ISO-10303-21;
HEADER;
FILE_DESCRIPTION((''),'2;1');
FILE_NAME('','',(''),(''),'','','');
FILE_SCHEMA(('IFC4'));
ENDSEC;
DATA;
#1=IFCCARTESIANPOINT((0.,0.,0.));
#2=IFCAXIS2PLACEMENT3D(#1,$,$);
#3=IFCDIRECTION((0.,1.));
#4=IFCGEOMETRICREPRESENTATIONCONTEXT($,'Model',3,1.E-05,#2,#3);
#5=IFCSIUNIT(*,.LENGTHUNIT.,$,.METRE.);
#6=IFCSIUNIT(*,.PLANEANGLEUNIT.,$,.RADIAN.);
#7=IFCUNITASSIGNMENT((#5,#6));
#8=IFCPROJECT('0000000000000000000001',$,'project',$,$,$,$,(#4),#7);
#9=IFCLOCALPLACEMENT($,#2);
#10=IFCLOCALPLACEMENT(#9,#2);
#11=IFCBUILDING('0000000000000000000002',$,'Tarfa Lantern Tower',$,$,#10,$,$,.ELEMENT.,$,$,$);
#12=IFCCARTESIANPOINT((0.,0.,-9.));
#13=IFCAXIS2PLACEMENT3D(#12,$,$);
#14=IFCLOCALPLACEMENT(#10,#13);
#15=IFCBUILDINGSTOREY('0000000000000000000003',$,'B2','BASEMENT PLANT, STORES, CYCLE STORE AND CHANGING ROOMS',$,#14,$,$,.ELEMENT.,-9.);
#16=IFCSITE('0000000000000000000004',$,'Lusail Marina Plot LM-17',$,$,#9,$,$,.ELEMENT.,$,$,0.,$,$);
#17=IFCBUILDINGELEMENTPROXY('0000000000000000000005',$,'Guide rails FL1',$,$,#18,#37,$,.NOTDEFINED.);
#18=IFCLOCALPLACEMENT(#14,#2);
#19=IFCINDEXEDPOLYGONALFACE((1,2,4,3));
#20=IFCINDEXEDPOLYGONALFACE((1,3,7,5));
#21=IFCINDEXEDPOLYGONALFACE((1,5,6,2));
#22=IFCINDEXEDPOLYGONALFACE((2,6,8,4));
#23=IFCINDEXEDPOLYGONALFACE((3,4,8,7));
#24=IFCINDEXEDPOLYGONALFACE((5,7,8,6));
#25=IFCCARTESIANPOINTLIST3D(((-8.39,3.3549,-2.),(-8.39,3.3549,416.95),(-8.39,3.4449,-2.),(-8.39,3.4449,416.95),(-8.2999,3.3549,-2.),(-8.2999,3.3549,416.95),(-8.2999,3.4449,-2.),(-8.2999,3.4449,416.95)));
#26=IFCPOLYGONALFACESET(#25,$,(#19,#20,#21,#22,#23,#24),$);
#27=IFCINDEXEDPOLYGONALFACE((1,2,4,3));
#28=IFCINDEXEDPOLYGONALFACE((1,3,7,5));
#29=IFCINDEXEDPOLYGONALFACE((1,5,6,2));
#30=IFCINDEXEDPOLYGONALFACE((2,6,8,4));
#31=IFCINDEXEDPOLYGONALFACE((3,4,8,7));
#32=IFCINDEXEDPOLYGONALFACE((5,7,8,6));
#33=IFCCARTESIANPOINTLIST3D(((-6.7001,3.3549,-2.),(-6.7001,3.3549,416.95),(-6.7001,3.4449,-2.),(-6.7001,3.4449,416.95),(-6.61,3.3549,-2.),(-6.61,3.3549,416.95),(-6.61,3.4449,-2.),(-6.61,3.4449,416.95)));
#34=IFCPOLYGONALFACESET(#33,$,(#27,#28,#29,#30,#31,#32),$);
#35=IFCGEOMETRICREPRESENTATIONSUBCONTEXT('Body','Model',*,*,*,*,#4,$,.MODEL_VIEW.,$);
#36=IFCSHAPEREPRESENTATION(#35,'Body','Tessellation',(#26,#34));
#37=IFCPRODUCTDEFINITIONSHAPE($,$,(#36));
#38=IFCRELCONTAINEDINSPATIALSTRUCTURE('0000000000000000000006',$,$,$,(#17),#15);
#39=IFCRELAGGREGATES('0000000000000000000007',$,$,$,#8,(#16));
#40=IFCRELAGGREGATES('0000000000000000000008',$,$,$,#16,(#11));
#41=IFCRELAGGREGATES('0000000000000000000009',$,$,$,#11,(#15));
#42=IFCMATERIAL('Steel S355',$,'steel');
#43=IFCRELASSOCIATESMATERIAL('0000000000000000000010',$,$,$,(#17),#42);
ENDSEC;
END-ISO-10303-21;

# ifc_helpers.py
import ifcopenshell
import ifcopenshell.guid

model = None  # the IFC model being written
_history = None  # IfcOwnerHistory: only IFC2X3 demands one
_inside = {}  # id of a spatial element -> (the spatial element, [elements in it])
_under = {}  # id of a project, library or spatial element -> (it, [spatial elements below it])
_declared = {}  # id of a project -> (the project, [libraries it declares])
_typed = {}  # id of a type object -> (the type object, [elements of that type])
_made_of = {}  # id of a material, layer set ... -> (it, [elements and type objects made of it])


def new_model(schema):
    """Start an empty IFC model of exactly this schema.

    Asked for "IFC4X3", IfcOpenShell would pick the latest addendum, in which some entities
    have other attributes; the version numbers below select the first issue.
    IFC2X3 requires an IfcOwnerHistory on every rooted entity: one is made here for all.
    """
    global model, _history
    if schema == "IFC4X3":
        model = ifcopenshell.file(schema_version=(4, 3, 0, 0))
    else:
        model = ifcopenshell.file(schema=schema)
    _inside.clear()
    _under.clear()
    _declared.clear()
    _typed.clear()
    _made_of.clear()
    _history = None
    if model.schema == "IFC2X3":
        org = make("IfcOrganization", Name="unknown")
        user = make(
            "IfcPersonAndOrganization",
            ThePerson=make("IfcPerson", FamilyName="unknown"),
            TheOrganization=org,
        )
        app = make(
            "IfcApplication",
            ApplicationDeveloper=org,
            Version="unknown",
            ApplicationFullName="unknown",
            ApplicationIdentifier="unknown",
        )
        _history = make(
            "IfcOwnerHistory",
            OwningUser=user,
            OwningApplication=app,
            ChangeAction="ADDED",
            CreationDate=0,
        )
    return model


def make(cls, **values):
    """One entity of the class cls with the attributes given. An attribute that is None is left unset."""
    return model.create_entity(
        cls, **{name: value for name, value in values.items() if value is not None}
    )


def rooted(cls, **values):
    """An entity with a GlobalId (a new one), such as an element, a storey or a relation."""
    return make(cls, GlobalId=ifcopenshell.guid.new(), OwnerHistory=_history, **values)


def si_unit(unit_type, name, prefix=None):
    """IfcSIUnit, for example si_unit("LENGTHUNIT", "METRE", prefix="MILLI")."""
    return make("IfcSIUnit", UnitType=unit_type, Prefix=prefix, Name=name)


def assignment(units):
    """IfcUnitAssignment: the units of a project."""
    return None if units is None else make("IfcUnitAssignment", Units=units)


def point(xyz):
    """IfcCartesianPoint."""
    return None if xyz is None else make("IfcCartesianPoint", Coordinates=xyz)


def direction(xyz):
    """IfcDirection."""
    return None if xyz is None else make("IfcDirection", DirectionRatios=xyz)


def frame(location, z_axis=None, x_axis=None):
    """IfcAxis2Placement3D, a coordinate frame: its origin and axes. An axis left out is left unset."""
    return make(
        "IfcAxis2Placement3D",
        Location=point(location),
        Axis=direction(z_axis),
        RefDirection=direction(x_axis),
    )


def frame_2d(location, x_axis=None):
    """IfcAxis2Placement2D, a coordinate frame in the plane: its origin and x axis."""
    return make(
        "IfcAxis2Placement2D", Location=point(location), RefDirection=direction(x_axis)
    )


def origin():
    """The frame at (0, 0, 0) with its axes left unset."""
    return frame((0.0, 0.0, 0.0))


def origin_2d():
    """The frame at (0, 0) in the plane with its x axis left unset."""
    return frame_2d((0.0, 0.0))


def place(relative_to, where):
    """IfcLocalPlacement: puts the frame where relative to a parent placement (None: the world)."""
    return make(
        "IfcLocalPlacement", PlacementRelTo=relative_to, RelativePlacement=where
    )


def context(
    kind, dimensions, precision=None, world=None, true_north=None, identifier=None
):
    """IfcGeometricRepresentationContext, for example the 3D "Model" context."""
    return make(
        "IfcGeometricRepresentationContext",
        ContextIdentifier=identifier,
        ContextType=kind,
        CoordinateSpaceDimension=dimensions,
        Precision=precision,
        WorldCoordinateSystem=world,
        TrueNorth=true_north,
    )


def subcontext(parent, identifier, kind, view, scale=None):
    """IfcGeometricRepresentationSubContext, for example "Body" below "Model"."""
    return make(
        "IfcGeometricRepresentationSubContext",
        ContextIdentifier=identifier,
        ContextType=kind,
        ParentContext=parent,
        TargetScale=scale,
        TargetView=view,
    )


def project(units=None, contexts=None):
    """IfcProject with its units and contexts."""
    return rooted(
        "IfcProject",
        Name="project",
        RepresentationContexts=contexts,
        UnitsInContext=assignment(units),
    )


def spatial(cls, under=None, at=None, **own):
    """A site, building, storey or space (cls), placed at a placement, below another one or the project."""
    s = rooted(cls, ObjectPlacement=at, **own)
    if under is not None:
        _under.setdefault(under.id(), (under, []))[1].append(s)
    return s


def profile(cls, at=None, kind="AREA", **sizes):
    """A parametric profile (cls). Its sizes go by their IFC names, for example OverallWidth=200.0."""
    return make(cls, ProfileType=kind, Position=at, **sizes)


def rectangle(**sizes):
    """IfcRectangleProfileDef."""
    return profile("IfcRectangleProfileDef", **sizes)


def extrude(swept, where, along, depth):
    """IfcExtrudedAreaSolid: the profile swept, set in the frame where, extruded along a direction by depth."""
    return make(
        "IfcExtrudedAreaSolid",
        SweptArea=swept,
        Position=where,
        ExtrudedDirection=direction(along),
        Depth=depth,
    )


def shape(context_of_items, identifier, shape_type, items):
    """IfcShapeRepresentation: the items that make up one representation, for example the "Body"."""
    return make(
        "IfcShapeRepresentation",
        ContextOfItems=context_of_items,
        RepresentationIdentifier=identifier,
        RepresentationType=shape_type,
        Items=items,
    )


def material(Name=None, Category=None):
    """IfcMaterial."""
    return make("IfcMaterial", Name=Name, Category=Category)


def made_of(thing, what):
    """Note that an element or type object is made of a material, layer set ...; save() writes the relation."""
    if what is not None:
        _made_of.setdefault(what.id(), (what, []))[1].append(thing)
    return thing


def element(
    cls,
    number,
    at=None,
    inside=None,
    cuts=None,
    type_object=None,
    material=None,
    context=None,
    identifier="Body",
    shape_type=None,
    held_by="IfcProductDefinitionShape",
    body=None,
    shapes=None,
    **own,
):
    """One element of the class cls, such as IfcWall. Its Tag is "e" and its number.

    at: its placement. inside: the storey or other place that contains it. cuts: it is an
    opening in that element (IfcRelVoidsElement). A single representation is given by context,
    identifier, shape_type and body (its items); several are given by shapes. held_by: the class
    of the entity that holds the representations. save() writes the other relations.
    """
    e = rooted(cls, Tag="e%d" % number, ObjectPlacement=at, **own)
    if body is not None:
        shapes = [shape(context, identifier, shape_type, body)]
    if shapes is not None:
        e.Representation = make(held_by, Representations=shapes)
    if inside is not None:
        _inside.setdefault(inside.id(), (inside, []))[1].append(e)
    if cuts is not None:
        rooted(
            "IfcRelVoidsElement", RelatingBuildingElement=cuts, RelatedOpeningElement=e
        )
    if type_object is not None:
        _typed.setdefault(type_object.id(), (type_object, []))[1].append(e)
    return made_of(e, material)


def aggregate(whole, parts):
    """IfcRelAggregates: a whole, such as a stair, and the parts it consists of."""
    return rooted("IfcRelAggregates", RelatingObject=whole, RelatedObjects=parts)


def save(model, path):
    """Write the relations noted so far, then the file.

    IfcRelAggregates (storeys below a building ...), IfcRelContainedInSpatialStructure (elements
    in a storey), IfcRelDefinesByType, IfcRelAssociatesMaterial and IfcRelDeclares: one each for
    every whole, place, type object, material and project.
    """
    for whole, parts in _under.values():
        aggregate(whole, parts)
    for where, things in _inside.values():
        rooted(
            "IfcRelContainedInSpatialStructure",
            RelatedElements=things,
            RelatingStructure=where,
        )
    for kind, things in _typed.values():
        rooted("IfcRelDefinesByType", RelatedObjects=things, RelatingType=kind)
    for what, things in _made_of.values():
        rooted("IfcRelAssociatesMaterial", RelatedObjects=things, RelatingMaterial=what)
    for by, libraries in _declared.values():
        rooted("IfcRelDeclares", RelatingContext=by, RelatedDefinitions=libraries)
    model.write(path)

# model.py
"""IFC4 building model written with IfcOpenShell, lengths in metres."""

from ifc_helpers import new_model, si_unit, direction, frame, frame_2d, origin, origin_2d, place, context, subcontext, project, spatial, rectangle, extrude, material, element, save


model = new_model("IFC4")

# Units and contexts
model_context = context("Model", 3, precision=1e-05, world=origin(), true_north=direction((0.0, 1.0)))
body_context = subcontext(model_context, "Body", "Model", "MODEL_VIEW")
ifc_project = project(units=[si_unit("LENGTHUNIT", "METRE"), si_unit("PLANEANGLEUNIT", "RADIAN")], contexts=[model_context])

# Site, building, storey
site_placement = place(None, origin())
site = spatial("IfcSite", under=ifc_project, at=site_placement, Name="Lusail Marina Plot LM-17", CompositionType="ELEMENT", RefElevation=0.0)
building_placement = place(site_placement, origin())
building = spatial("IfcBuilding", under=site, at=building_placement, Name="Tarfa Lantern Tower", CompositionType="ELEMENT")
storey_placement = place(building_placement, frame((0.0, 0.0, -9.0)))
storey = spatial("IfcBuildingStorey", under=building, at=storey_placement, Name="B2", Description="BASEMENT PLANT, STORES, CYCLE STORE AND CHANGING ROOMS", CompositionType="ELEMENT", Elevation=-9.0)

# Building element proxy
ifc_material_1 = material(Name="Steel S355", Category="steel")
proxy_placement = place(storey_placement, frame((-8.345, 3.3999, -2.0), z_axis=(0.0, 0.0, 1.0), x_axis=(1.0, 0.0, 0.0)))
element("IfcBuildingElementProxy", 1, at=proxy_placement, inside=storey, material=ifc_material_1, Name="Guide rails FL1", PredefinedType="NOTDEFINED", context=body_context, shape_type="SweptSolid", body=[
    extrude(rectangle(XDim=0.0901, YDim=0.0901, at=origin_2d()), origin(), (0.0, 0.0, 1.0), 418.95),
    extrude(rectangle(XDim=0.0901, YDim=0.0901, at=frame_2d((1.6899, 0.0))), origin(), (0.0, 0.0, 1.0), 418.95),
])

save(model, "model.ifc")
